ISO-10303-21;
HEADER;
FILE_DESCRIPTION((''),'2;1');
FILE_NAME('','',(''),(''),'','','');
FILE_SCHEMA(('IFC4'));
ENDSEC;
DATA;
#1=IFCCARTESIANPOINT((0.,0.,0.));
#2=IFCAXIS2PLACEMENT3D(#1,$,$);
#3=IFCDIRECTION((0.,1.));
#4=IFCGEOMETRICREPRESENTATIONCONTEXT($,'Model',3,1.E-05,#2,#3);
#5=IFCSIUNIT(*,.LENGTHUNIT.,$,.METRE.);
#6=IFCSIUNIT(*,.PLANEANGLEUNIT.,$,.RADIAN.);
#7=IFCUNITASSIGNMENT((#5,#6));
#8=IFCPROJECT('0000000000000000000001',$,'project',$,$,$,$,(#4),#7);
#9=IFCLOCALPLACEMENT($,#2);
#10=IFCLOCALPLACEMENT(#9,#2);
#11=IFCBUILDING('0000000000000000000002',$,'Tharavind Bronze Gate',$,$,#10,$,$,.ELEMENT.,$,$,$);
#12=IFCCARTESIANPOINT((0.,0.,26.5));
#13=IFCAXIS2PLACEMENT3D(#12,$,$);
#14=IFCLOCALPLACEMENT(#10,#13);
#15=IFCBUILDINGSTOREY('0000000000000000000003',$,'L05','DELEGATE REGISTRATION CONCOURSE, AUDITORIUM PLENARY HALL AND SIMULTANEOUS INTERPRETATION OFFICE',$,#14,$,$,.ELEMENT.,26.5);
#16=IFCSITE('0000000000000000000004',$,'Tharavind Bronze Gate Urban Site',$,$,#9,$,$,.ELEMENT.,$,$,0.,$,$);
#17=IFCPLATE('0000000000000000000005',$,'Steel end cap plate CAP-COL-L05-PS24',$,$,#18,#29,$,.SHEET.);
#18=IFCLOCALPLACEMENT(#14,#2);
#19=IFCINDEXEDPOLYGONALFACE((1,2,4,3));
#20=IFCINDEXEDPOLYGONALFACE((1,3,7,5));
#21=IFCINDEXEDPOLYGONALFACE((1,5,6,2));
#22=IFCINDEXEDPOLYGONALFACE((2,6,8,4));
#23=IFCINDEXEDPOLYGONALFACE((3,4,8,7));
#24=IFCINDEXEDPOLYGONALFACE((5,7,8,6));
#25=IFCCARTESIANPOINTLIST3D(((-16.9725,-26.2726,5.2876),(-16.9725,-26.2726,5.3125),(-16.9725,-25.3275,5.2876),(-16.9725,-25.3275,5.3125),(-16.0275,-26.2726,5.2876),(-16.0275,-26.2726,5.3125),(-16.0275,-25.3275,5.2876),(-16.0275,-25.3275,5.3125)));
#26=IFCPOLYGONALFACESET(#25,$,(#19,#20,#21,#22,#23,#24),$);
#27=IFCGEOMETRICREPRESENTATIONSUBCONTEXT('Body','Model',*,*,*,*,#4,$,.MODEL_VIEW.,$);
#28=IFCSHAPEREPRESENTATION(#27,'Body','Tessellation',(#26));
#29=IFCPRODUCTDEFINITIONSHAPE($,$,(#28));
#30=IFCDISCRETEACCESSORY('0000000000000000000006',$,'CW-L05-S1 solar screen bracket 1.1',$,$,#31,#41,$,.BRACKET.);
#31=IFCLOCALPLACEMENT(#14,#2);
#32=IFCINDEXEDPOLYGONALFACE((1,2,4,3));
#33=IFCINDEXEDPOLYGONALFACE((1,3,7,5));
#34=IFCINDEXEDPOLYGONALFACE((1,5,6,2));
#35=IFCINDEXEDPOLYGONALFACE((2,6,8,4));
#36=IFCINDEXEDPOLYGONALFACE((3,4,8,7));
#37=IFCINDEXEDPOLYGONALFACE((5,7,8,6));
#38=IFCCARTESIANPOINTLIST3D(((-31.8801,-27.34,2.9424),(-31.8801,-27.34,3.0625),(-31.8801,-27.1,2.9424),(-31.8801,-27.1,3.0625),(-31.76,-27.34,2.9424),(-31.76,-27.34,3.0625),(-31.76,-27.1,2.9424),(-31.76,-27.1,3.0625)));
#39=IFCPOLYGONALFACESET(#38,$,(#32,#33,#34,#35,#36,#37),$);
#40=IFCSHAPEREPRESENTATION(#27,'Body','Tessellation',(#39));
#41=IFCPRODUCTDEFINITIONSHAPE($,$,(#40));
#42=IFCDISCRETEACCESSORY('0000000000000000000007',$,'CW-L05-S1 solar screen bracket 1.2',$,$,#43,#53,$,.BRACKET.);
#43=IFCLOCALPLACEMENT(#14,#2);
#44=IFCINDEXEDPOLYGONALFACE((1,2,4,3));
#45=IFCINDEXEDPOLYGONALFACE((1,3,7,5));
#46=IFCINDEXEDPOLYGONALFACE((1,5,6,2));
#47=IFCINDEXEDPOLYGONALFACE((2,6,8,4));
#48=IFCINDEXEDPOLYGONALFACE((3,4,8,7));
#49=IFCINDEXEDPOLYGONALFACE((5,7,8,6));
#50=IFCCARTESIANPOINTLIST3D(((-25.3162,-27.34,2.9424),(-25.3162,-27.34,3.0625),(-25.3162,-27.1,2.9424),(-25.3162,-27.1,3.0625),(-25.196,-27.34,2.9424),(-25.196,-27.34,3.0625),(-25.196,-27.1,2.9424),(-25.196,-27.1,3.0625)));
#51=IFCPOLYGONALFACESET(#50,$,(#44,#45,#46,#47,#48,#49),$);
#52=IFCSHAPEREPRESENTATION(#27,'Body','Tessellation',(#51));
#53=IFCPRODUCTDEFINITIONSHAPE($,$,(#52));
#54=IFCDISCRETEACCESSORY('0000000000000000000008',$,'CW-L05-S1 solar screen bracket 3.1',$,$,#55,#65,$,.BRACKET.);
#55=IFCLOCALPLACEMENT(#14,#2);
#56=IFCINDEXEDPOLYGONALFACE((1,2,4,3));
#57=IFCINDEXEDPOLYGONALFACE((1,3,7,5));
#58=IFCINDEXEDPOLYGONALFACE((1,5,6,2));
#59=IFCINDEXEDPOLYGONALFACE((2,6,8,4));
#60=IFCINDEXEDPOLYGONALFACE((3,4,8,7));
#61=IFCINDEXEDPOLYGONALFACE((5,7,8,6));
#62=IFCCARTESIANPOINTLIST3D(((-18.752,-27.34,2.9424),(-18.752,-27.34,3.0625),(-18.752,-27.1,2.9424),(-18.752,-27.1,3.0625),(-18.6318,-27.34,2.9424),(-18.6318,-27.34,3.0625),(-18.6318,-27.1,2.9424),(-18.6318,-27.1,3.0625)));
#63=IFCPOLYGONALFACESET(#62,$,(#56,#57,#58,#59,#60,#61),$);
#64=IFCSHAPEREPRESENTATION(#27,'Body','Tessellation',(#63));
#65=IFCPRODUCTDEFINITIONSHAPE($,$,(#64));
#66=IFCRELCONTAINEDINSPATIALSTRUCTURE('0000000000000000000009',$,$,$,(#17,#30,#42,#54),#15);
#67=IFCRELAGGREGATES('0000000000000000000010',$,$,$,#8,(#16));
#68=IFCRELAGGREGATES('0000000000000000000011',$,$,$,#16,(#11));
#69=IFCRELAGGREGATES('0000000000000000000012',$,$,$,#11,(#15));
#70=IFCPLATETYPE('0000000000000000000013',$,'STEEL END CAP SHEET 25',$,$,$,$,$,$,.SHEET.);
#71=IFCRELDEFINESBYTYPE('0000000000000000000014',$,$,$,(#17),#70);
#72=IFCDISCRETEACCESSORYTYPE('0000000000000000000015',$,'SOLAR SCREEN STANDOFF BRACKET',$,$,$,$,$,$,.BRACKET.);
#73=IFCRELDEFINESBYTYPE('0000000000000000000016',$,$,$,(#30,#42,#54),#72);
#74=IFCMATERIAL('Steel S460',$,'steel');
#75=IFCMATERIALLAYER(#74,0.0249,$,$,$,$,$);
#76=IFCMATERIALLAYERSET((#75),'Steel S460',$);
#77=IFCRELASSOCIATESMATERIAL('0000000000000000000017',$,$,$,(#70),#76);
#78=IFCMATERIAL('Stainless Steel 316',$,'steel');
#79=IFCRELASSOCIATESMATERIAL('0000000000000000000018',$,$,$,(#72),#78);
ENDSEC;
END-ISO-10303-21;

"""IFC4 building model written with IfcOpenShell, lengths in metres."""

from ifc_helpers import new_model, si_unit, direction, frame, origin, origin_2d, place, context, subcontext, project, spatial, rectangle, extrude, material, layer, layer_set, type_object, element, save


model = new_model("IFC4")

# Units and contexts
model_context = context("Model", 3, precision=1e-05, world=origin(), true_north=direction((0.0, 1.0)))
body_context = subcontext(model_context, "Body", "Model", "MODEL_VIEW")
ifc_project = project(units=[si_unit("LENGTHUNIT", "METRE"), si_unit("PLANEANGLEUNIT", "RADIAN")], contexts=[model_context])

# Site, building, storey
site_placement = place(None, origin())
site = spatial("IfcSite", under=ifc_project, at=site_placement, Name="Tharavind Bronze Gate Urban Site", CompositionType="ELEMENT", RefElevation=0.0)
building_placement = place(site_placement, origin())
building = spatial("IfcBuilding", under=site, at=building_placement, Name="Tharavind Bronze Gate", CompositionType="ELEMENT")
storey_placement = place(building_placement, frame((0.0, 0.0, 26.5)))
storey = spatial("IfcBuildingStorey", under=building, at=storey_placement, Name="L05", Description="DELEGATE REGISTRATION CONCOURSE, AUDITORIUM PLENARY HALL AND SIMULTANEOUS INTERPRETATION OFFICE", CompositionType="ELEMENT", Elevation=26.5)

# Shared definitions
ifc_material_1 = material(Name="Steel S460", Category="steel")

# Plate
ifc_layer_1 = layer(ifc_material_1, 0.0249)
ifc_layer_set_1 = layer_set([ifc_layer_1], Name="Steel S460")
plate_type_1 = type_object("IfcPlateType", Name="STEEL END CAP SHEET 25", PredefinedType="SHEET", material=ifc_layer_set_1)
for number, where, z_axis, x_axis, name in (
    (1, (-16.5, -25.8, 5.2876), (0.0, 0.0, 1.0), (1.0, 0.0, 0.0), "Steel end cap plate CAP-COL-L05-PS24"),
):
    element("IfcPlate", number, at=place(storey_placement, frame(where, z_axis=z_axis, x_axis=x_axis)), inside=storey, type_object=plate_type_1, Name=name, PredefinedType="SHEET", context=body_context, shape_type="SweptSolid", body=[
        extrude(rectangle(XDim=0.9451, YDim=0.9451, at=origin_2d()), origin(), (0.0, 0.0, 1.0), 0.0249),
    ])

# Discrete accessories
ifc_material_2 = material(Name="Stainless Steel 316", Category="steel")
discrete_accessory_type = type_object("IfcDiscreteAccessoryType", Name="SOLAR SCREEN STANDOFF BRACKET", PredefinedType="BRACKET", material=ifc_material_2)
for number, where, z_axis, x_axis, name in (
    (2, (-31.8201, -27.22, 2.9424), (0.0, 0.0, 1.0), (1.0, 0.0, 0.0), "CW-L05-S1 solar screen bracket 1.1"),
    (3, (-25.2561, -27.22, 2.9424), (0.0, 0.0, 1.0), (1.0, 0.0, 0.0), "CW-L05-S1 solar screen bracket 1.2"),
    (4, (-18.6919, -27.22, 2.9424), (0.0, 0.0, 1.0), (1.0, 0.0, 0.0), "CW-L05-S1 solar screen bracket 3.1"),
):
    element("IfcDiscreteAccessory", number, at=place(storey_placement, frame(where, z_axis=z_axis, x_axis=x_axis)), inside=storey, type_object=discrete_accessory_type, Name=name, PredefinedType="BRACKET", context=body_context, shape_type="SweptSolid", body=[
        extrude(rectangle(XDim=0.1201, YDim=0.24, at=origin_2d()), origin(), (0.0, 0.0, 1.0), 0.1201),
    ])

save(model, "model.ifc")
